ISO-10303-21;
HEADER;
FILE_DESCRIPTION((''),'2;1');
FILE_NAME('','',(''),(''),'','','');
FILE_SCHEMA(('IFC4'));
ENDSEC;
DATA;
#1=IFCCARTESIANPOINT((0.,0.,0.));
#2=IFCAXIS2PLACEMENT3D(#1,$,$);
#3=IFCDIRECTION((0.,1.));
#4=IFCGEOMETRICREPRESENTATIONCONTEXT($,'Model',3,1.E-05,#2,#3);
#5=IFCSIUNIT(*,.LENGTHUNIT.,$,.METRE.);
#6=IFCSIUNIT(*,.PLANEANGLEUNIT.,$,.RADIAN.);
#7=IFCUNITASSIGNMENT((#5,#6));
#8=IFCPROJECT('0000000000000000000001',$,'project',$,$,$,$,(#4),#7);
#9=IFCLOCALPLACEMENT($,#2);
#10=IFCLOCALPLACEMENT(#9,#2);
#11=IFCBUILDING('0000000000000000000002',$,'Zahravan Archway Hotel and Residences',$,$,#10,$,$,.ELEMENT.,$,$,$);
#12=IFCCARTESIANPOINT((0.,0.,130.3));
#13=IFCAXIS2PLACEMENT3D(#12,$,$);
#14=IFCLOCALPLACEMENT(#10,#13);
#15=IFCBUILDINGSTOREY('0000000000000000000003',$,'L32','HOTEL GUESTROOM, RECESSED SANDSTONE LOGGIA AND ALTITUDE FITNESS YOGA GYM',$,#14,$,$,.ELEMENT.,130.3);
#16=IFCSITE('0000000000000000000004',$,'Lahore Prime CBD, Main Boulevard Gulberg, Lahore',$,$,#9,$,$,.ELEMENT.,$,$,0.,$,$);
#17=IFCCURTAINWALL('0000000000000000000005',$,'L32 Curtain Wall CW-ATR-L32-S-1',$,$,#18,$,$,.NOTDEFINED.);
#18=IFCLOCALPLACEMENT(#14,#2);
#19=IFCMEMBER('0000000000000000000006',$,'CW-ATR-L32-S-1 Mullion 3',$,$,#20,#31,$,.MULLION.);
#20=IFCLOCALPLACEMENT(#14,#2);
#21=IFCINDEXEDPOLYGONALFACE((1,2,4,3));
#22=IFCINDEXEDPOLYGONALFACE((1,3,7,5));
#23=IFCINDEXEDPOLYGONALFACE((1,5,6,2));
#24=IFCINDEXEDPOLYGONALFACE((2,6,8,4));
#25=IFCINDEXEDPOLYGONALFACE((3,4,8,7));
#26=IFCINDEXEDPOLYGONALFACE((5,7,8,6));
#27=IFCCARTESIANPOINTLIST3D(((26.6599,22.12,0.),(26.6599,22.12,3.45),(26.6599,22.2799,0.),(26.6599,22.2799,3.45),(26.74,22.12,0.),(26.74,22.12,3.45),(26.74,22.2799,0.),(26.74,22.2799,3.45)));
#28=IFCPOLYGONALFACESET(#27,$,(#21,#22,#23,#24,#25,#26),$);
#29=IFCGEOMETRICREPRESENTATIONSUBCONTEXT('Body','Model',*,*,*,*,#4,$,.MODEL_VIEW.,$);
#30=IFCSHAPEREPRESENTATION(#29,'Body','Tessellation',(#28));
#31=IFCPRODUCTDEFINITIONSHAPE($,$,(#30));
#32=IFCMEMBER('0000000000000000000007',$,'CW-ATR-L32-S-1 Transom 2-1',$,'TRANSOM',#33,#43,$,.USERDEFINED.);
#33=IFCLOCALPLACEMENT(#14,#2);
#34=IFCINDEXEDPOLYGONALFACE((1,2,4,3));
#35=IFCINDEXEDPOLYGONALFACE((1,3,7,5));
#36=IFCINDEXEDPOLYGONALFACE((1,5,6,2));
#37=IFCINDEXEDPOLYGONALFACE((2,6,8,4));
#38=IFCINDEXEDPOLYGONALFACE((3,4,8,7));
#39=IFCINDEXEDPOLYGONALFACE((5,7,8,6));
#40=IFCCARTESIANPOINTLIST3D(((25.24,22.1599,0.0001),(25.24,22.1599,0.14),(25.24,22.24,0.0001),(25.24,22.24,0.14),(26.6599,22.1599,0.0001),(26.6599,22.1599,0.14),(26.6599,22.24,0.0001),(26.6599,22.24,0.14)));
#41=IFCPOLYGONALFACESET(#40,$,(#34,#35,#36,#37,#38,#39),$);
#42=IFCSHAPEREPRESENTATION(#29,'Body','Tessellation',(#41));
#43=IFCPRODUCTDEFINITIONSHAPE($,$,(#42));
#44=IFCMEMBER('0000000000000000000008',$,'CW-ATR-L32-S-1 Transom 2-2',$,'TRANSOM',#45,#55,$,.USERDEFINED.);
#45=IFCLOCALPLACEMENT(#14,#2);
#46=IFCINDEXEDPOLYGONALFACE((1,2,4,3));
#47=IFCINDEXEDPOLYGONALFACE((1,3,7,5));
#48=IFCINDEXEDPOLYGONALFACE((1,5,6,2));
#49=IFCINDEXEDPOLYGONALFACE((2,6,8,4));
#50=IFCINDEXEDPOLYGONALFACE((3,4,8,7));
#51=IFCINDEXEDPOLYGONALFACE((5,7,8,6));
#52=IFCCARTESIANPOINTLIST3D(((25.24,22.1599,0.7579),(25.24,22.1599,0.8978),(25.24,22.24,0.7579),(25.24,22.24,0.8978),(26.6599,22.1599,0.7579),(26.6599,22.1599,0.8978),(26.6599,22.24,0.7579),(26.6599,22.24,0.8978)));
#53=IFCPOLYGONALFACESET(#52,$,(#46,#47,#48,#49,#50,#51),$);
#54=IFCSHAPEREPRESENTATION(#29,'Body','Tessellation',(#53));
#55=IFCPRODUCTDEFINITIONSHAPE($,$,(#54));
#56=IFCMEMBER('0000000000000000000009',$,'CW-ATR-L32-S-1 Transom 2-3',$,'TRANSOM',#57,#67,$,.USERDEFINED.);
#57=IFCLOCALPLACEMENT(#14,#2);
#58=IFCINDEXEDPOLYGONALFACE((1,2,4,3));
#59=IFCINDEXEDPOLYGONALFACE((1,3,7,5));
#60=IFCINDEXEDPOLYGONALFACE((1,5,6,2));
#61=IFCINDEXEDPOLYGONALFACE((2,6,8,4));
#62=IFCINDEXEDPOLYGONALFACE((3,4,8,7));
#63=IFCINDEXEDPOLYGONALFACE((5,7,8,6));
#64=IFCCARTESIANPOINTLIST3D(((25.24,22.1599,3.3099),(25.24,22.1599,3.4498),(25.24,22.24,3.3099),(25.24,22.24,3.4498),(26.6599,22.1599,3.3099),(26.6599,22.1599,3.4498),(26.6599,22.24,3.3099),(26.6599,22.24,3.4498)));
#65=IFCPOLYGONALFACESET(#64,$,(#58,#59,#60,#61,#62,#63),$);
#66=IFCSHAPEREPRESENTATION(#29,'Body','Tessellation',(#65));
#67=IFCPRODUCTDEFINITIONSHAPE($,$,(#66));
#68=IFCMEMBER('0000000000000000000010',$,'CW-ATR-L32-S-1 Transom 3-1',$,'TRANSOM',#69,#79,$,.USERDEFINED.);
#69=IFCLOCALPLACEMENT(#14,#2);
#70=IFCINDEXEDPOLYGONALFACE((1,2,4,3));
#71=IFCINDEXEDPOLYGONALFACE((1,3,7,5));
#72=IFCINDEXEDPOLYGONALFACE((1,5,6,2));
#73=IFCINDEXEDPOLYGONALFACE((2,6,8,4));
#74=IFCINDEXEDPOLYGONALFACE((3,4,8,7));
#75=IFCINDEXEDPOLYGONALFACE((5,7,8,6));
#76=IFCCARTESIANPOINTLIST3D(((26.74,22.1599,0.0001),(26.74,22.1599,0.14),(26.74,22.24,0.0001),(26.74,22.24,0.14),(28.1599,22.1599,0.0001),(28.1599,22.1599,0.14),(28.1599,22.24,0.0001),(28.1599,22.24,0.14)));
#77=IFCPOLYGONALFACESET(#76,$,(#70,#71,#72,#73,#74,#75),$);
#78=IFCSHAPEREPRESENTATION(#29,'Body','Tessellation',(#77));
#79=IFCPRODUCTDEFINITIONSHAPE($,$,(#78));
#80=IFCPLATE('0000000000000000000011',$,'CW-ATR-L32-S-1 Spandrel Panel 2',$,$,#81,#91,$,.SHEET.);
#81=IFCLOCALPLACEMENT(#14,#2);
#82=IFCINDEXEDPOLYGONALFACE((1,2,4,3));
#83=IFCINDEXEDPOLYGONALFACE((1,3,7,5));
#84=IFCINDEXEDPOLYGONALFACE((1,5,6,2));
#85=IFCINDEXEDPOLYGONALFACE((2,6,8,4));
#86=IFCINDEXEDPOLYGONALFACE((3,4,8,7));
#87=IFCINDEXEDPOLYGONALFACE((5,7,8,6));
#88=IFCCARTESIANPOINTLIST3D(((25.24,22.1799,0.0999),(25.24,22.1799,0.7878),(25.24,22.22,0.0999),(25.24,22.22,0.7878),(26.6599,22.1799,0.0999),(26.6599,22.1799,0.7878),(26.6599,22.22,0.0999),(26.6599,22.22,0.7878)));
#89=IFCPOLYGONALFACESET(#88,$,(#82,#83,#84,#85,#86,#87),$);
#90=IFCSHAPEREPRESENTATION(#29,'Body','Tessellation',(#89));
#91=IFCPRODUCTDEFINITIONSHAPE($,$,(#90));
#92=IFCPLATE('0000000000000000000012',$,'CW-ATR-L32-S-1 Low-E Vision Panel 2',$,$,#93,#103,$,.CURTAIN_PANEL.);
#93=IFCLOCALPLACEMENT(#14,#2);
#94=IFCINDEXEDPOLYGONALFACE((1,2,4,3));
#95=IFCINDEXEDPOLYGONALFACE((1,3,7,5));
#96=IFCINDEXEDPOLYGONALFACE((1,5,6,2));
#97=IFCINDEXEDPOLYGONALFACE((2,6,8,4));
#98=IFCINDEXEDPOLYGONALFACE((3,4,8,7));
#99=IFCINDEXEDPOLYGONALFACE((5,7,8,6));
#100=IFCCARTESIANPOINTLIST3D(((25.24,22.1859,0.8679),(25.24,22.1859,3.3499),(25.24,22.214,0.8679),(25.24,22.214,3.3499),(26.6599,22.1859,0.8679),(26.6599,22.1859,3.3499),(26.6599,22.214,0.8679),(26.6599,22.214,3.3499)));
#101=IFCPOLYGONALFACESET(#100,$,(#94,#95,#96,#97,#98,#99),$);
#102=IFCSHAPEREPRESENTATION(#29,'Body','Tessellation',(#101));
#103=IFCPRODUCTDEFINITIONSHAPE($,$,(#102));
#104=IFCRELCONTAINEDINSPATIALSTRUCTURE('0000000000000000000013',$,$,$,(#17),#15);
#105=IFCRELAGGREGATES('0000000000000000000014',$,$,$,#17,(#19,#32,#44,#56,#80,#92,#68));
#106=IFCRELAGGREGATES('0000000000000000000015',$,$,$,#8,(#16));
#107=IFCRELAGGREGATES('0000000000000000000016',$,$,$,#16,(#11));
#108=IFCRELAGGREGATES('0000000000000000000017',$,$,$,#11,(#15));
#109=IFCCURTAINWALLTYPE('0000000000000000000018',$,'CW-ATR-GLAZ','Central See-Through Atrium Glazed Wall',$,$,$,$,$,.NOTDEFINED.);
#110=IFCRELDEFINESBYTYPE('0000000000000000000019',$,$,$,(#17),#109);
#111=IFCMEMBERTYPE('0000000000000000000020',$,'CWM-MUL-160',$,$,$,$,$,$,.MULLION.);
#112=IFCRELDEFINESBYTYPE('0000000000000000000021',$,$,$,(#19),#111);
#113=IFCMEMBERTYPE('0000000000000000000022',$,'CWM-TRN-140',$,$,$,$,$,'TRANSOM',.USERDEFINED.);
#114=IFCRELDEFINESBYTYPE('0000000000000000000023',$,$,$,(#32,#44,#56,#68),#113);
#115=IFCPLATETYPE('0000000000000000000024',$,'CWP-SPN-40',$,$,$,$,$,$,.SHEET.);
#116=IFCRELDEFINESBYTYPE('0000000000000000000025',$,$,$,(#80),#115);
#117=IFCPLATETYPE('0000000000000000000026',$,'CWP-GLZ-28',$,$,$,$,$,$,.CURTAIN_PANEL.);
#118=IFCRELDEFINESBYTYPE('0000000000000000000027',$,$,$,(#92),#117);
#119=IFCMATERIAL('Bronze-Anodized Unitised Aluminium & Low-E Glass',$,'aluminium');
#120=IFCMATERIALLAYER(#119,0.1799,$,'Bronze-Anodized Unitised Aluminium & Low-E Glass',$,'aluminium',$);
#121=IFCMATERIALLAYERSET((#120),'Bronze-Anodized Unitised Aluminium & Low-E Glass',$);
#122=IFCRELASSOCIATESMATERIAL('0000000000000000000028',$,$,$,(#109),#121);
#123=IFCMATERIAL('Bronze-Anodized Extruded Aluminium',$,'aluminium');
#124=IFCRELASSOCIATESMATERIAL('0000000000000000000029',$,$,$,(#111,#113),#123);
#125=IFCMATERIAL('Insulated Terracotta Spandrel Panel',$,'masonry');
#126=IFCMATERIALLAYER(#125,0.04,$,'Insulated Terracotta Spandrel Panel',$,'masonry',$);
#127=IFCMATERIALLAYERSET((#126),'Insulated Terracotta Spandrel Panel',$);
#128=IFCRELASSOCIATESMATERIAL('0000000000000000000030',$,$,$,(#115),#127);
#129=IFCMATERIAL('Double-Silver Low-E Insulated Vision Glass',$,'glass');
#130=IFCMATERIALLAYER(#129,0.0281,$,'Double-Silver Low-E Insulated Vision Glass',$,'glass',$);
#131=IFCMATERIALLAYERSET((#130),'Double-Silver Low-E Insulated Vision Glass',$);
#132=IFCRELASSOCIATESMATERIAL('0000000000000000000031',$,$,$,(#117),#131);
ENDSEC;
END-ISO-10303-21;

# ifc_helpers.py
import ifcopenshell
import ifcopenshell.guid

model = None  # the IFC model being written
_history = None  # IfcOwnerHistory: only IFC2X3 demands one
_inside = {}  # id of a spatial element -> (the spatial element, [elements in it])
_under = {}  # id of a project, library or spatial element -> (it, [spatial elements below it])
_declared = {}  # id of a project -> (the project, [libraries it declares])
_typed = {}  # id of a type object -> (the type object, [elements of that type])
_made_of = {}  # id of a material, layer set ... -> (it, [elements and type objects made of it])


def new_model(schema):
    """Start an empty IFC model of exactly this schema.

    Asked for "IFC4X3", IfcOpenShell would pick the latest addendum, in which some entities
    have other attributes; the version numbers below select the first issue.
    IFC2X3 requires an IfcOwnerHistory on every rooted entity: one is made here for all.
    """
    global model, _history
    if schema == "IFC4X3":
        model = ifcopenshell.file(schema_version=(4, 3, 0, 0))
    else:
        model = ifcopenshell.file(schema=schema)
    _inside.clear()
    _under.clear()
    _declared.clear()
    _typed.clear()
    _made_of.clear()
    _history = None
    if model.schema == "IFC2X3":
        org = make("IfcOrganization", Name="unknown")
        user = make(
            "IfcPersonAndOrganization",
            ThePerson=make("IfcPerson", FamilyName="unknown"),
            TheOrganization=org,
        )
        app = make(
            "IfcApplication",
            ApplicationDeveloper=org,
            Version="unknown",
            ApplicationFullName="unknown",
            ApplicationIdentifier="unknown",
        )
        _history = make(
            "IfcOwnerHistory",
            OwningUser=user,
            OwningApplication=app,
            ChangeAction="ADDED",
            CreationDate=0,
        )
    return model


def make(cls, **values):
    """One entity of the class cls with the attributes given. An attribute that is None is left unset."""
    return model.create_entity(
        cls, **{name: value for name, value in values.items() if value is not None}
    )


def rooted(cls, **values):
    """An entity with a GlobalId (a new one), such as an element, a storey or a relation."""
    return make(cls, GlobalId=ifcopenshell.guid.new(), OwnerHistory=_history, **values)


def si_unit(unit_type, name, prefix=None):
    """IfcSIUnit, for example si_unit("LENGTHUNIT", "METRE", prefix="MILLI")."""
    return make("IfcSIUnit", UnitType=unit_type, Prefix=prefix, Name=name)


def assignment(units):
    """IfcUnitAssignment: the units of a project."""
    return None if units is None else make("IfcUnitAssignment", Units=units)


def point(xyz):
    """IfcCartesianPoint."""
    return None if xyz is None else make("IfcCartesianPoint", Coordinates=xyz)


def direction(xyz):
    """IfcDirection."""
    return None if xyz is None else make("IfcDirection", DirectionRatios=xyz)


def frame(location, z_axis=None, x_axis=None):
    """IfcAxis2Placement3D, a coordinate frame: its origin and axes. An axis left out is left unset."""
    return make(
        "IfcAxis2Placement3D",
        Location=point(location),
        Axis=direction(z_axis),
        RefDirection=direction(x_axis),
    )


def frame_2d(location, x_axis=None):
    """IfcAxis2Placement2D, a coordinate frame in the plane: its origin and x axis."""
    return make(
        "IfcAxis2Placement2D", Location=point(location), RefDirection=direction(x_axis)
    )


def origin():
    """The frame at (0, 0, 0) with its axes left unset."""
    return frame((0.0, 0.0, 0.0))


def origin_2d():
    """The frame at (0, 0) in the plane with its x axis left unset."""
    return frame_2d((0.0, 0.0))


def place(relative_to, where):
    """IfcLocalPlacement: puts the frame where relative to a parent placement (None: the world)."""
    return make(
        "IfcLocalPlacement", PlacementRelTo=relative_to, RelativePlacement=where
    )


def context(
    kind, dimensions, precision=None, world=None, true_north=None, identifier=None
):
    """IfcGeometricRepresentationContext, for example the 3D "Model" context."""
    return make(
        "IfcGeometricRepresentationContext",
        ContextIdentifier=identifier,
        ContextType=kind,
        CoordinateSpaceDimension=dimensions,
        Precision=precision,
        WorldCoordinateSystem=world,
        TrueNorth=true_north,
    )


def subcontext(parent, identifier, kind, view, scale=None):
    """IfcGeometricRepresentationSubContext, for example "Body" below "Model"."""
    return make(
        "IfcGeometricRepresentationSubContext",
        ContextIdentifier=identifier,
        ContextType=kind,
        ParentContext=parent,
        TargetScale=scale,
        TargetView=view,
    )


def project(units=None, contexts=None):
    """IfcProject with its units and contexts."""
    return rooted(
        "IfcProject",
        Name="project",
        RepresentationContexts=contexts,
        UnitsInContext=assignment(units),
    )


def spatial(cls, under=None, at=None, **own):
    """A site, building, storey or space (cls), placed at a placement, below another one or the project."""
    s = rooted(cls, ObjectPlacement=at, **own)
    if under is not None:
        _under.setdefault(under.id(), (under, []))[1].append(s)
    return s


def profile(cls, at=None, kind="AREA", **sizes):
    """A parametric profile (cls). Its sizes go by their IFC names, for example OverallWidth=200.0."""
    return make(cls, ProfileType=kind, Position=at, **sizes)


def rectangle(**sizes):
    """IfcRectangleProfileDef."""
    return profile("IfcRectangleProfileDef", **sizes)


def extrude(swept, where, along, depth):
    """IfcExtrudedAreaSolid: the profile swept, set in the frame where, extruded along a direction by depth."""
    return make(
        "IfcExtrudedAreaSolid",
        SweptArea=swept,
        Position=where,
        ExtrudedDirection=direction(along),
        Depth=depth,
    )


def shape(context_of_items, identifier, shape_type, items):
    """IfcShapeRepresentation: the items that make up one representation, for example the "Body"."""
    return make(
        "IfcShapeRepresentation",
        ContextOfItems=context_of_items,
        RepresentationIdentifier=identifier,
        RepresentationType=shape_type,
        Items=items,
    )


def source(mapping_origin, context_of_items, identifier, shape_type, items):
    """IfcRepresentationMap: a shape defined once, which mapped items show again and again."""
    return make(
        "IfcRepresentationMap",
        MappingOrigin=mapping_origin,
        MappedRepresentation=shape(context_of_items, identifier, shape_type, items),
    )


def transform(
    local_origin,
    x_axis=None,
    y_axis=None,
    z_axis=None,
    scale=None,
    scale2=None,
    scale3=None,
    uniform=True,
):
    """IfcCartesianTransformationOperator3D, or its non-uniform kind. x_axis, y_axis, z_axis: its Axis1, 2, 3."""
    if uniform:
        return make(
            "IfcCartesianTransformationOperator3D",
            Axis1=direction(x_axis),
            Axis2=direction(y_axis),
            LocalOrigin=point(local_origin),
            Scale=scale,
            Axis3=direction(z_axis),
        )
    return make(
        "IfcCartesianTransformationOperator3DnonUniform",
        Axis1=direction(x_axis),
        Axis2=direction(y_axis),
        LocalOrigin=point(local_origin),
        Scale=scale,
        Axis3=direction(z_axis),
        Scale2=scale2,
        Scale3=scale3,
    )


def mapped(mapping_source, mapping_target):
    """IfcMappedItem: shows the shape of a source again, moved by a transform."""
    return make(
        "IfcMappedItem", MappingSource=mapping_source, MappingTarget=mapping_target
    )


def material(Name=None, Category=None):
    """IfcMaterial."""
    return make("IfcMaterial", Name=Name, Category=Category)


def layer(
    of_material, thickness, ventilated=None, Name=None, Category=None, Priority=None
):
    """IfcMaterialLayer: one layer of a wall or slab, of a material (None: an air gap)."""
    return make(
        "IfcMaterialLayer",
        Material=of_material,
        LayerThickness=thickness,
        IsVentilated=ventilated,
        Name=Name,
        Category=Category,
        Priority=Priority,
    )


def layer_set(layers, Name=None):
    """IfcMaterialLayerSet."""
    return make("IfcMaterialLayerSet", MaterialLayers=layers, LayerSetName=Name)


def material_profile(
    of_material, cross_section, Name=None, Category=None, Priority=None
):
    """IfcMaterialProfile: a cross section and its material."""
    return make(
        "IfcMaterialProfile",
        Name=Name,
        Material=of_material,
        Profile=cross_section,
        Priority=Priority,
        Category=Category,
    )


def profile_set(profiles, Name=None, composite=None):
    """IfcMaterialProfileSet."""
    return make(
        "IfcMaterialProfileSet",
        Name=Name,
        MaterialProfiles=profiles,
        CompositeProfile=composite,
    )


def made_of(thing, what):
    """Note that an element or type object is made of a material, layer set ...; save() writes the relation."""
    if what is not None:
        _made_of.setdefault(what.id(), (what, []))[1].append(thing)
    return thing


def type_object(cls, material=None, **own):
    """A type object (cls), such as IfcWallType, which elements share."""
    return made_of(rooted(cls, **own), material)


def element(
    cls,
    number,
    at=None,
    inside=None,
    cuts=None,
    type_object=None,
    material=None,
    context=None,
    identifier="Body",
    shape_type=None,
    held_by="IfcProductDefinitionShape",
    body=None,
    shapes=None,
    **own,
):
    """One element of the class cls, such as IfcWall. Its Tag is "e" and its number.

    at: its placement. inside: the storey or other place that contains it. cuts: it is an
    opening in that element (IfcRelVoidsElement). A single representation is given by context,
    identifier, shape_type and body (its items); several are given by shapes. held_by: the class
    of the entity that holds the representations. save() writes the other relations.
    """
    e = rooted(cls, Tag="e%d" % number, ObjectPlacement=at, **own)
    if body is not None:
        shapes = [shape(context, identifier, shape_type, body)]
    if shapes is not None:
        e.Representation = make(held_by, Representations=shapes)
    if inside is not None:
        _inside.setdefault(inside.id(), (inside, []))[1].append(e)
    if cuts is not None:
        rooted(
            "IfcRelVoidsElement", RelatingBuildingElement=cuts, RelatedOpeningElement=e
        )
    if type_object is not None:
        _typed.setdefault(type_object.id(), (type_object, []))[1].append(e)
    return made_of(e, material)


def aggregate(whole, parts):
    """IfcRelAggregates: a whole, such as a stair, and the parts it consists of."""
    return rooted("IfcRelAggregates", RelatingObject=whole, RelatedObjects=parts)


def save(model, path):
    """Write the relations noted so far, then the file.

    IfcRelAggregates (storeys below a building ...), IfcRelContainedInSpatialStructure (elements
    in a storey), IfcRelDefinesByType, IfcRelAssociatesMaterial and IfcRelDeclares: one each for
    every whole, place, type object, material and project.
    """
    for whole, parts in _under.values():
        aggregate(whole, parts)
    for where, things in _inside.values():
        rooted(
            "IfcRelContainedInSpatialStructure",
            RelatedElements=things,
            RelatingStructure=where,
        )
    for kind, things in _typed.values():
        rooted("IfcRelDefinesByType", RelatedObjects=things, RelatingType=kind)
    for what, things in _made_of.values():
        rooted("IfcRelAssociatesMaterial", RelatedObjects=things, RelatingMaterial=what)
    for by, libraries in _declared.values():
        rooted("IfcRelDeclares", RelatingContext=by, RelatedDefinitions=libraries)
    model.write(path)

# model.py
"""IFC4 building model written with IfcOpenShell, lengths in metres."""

from ifc_helpers import new_model, si_unit, direction, frame, origin, origin_2d, place, context, subcontext, project, spatial, rectangle, extrude, source, transform, mapped, material, layer, layer_set, material_profile, profile_set, type_object, element, aggregate, save


model = new_model("IFC4")

# Units and contexts
model_context = context("Model", 3, precision=1e-05, world=origin(), true_north=direction((0.0, 1.0)))
body_context = subcontext(model_context, "Body", "Model", "MODEL_VIEW")
ifc_project = project(units=[si_unit("LENGTHUNIT", "METRE"), si_unit("PLANEANGLEUNIT", "RADIAN")], contexts=[model_context])

# Site, building, storey
site_placement = place(None, origin())
site = spatial("IfcSite", under=ifc_project, at=site_placement, Name="Lahore Prime CBD, Main Boulevard Gulberg, Lahore", CompositionType="ELEMENT", RefElevation=0.0)
building_placement = place(site_placement, origin())
building = spatial("IfcBuilding", under=site, at=building_placement, Name="Zahravan Archway Hotel and Residences", CompositionType="ELEMENT")
storey_placement = place(building_placement, frame((0.0, 0.0, 130.3)))
storey = spatial("IfcBuildingStorey", under=building, at=storey_placement, Name="L32", Description="HOTEL GUESTROOM, RECESSED SANDSTONE LOGGIA AND ALTITUDE FITNESS YOGA GYM", CompositionType="ELEMENT", Elevation=130.3)

# Curtain wall, members, plates
ifc_material_1 = material(Name="Bronze-Anodized Unitised Aluminium & Low-E Glass", Category="aluminium")
ifc_layer_1 = layer(ifc_material_1, 0.1799, Name="Bronze-Anodized Unitised Aluminium & Low-E Glass", Category="aluminium")
ifc_layer_set_1 = layer_set([ifc_layer_1], Name="Bronze-Anodized Unitised Aluminium & Low-E Glass")
curtain_wall_type = type_object("IfcCurtainWallType", Name="CW-ATR-GLAZ", Description="Central See-Through Atrium Glazed Wall", PredefinedType="NOTDEFINED", material=ifc_layer_set_1)
curtain_wall_placement = place(storey_placement, origin())
curtain_wall = element("IfcCurtainWall", 1, at=curtain_wall_placement, inside=storey, type_object=curtain_wall_type, Name="L32 Curtain Wall CW-ATR-L32-S-1", PredefinedType="NOTDEFINED")
ifc_material_2 = material(Name="Bronze-Anodized Extruded Aluminium", Category="aluminium")
ifc_material_profile_1 = material_profile(ifc_material_2, rectangle(XDim=0.0801, YDim=0.1599, at=origin_2d()), Name="MUL 80x160", Category="aluminium")
ifc_profile_set_1 = profile_set([ifc_material_profile_1], Name="Bronze-Anodized Extruded Aluminium")
member_type_1 = type_object("IfcMemberType", Name="CWM-MUL-160", PredefinedType="MULLION", material=ifc_profile_set_1)
shared_shape_1 = source(origin(), body_context, "Body", "SweptSolid", [
    extrude(rectangle(XDim=0.0801, YDim=0.1599, at=origin_2d()), origin(), (0.0, 0.0, 1.0), 3.45),
])
member_1_placement = place(storey_placement, frame((26.7, 22.2, 0.0), z_axis=(0.0, 0.0, 1.0), x_axis=(1.0, 0.0, 0.0)))
member_1 = element("IfcMember", 2, at=member_1_placement, type_object=member_type_1, Name="CW-ATR-L32-S-1 Mullion 3", PredefinedType="MULLION", context=body_context, shape_type="MappedRepresentation", body=[
    mapped(shared_shape_1, transform((0.0, 0.0, 0.0), scale=1.0)),
])
ifc_material_profile_2 = material_profile(ifc_material_2, rectangle(XDim=0.0801, YDim=0.1399, at=origin_2d()), Name="TRN 80x140", Category="aluminium")
ifc_profile_set_2 = profile_set([ifc_material_profile_2], Name="Bronze-Anodized Extruded Aluminium")
member_type_2 = type_object("IfcMemberType", Name="CWM-TRN-140", ElementType="TRANSOM", PredefinedType="USERDEFINED", material=ifc_profile_set_2)
shared_shape_2 = source(origin(), body_context, "Body", "SweptSolid", [
    extrude(rectangle(XDim=0.0801, YDim=0.1399, at=origin_2d()), origin(), (0.0, 0.0, 1.0), 1.4199),
])
member_2_placement = place(storey_placement, frame((25.24, 22.2, 0.0701), z_axis=(1.0, 0.0, 0.0), x_axis=(0.0, 1.0, 0.0)))
member_2 = element("IfcMember", 3, at=member_2_placement, type_object=member_type_2, Name="CW-ATR-L32-S-1 Transom 2-1", ObjectType="TRANSOM", PredefinedType="USERDEFINED", context=body_context, shape_type="MappedRepresentation", body=[
    mapped(shared_shape_2, transform((0.0, 0.0, 0.0), scale=1.0)),
])
member_3_placement = place(storey_placement, frame((25.24, 22.2, 0.8279), z_axis=(1.0, 0.0, 0.0), x_axis=(0.0, 1.0, 0.0)))
member_3 = element("IfcMember", 4, at=member_3_placement, type_object=member_type_2, Name="CW-ATR-L32-S-1 Transom 2-2", ObjectType="TRANSOM", PredefinedType="USERDEFINED", context=body_context, shape_type="MappedRepresentation", body=[
    mapped(shared_shape_2, transform((0.0, 0.0, 0.0), scale=1.0)),
])
member_4_placement = place(storey_placement, frame((25.24, 22.2, 3.3799), z_axis=(1.0, 0.0, 0.0), x_axis=(0.0, 1.0, 0.0)))
member_4 = element("IfcMember", 5, at=member_4_placement, type_object=member_type_2, Name="CW-ATR-L32-S-1 Transom 2-3", ObjectType="TRANSOM", PredefinedType="USERDEFINED", context=body_context, shape_type="MappedRepresentation", body=[
    mapped(shared_shape_2, transform((0.0, 0.0, 0.0), scale=1.0)),
])
member_5_placement = place(storey_placement, frame((26.74, 22.2, 0.0701), z_axis=(1.0, 0.0, 0.0), x_axis=(0.0, 1.0, 0.0)))
member_5 = element("IfcMember", 6, at=member_5_placement, type_object=member_type_2, Name="CW-ATR-L32-S-1 Transom 3-1", ObjectType="TRANSOM", PredefinedType="USERDEFINED", context=body_context, shape_type="MappedRepresentation", body=[
    mapped(shared_shape_2, transform((0.0, 0.0, 0.0), scale=1.0)),
])
ifc_material_3 = material(Name="Insulated Terracotta Spandrel Panel", Category="masonry")
ifc_layer_2 = layer(ifc_material_3, 0.04, Name="Insulated Terracotta Spandrel Panel", Category="masonry")
ifc_layer_set_2 = layer_set([ifc_layer_2], Name="Insulated Terracotta Spandrel Panel")
plate_type_1 = type_object("IfcPlateType", Name="CWP-SPN-40", PredefinedType="SHEET", material=ifc_layer_set_2)
shared_shape_3 = source(origin(), body_context, "Body", "SweptSolid", [
    extrude(rectangle(XDim=1.4199, YDim=0.04, at=origin_2d()), origin(), (0.0, 0.0, 1.0), 0.688),
])
plate_1_placement = place(storey_placement, frame((25.95, 22.2, 0.0999), z_axis=(0.0, 0.0, 1.0), x_axis=(1.0, 0.0, 0.0)))
plate_1 = element("IfcPlate", 7, at=plate_1_placement, type_object=plate_type_1, Name="CW-ATR-L32-S-1 Spandrel Panel 2", PredefinedType="SHEET", context=body_context, shape_type="MappedRepresentation", body=[
    mapped(shared_shape_3, transform((0.0, 0.0, 0.0), scale=1.0)),
])
ifc_material_4 = material(Name="Double-Silver Low-E Insulated Vision Glass", Category="glass")
ifc_layer_3 = layer(ifc_material_4, 0.0281, Name="Double-Silver Low-E Insulated Vision Glass", Category="glass")
ifc_layer_set_3 = layer_set([ifc_layer_3], Name="Double-Silver Low-E Insulated Vision Glass")
plate_type_2 = type_object("IfcPlateType", Name="CWP-GLZ-28", PredefinedType="CURTAIN_PANEL", material=ifc_layer_set_3)
shared_shape_4 = source(origin(), body_context, "Body", "SweptSolid", [
    extrude(rectangle(XDim=1.4199, YDim=0.0281, at=origin_2d()), origin(), (0.0, 0.0, 1.0), 2.4819),
])
plate_2_placement = place(storey_placement, frame((25.95, 22.2, 0.8679), z_axis=(0.0, 0.0, 1.0), x_axis=(1.0, 0.0, 0.0)))
plate_2 = element("IfcPlate", 8, at=plate_2_placement, type_object=plate_type_2, Name="CW-ATR-L32-S-1 Low-E Vision Panel 2", PredefinedType="CURTAIN_PANEL", context=body_context, shape_type="MappedRepresentation", body=[
    mapped(shared_shape_4, transform((0.0, 0.0, 0.0), scale=1.0)),
])
aggregate(curtain_wall, [member_1, member_2, member_3, member_4, plate_1, plate_2, member_5])

save(model, "model.ifc")
